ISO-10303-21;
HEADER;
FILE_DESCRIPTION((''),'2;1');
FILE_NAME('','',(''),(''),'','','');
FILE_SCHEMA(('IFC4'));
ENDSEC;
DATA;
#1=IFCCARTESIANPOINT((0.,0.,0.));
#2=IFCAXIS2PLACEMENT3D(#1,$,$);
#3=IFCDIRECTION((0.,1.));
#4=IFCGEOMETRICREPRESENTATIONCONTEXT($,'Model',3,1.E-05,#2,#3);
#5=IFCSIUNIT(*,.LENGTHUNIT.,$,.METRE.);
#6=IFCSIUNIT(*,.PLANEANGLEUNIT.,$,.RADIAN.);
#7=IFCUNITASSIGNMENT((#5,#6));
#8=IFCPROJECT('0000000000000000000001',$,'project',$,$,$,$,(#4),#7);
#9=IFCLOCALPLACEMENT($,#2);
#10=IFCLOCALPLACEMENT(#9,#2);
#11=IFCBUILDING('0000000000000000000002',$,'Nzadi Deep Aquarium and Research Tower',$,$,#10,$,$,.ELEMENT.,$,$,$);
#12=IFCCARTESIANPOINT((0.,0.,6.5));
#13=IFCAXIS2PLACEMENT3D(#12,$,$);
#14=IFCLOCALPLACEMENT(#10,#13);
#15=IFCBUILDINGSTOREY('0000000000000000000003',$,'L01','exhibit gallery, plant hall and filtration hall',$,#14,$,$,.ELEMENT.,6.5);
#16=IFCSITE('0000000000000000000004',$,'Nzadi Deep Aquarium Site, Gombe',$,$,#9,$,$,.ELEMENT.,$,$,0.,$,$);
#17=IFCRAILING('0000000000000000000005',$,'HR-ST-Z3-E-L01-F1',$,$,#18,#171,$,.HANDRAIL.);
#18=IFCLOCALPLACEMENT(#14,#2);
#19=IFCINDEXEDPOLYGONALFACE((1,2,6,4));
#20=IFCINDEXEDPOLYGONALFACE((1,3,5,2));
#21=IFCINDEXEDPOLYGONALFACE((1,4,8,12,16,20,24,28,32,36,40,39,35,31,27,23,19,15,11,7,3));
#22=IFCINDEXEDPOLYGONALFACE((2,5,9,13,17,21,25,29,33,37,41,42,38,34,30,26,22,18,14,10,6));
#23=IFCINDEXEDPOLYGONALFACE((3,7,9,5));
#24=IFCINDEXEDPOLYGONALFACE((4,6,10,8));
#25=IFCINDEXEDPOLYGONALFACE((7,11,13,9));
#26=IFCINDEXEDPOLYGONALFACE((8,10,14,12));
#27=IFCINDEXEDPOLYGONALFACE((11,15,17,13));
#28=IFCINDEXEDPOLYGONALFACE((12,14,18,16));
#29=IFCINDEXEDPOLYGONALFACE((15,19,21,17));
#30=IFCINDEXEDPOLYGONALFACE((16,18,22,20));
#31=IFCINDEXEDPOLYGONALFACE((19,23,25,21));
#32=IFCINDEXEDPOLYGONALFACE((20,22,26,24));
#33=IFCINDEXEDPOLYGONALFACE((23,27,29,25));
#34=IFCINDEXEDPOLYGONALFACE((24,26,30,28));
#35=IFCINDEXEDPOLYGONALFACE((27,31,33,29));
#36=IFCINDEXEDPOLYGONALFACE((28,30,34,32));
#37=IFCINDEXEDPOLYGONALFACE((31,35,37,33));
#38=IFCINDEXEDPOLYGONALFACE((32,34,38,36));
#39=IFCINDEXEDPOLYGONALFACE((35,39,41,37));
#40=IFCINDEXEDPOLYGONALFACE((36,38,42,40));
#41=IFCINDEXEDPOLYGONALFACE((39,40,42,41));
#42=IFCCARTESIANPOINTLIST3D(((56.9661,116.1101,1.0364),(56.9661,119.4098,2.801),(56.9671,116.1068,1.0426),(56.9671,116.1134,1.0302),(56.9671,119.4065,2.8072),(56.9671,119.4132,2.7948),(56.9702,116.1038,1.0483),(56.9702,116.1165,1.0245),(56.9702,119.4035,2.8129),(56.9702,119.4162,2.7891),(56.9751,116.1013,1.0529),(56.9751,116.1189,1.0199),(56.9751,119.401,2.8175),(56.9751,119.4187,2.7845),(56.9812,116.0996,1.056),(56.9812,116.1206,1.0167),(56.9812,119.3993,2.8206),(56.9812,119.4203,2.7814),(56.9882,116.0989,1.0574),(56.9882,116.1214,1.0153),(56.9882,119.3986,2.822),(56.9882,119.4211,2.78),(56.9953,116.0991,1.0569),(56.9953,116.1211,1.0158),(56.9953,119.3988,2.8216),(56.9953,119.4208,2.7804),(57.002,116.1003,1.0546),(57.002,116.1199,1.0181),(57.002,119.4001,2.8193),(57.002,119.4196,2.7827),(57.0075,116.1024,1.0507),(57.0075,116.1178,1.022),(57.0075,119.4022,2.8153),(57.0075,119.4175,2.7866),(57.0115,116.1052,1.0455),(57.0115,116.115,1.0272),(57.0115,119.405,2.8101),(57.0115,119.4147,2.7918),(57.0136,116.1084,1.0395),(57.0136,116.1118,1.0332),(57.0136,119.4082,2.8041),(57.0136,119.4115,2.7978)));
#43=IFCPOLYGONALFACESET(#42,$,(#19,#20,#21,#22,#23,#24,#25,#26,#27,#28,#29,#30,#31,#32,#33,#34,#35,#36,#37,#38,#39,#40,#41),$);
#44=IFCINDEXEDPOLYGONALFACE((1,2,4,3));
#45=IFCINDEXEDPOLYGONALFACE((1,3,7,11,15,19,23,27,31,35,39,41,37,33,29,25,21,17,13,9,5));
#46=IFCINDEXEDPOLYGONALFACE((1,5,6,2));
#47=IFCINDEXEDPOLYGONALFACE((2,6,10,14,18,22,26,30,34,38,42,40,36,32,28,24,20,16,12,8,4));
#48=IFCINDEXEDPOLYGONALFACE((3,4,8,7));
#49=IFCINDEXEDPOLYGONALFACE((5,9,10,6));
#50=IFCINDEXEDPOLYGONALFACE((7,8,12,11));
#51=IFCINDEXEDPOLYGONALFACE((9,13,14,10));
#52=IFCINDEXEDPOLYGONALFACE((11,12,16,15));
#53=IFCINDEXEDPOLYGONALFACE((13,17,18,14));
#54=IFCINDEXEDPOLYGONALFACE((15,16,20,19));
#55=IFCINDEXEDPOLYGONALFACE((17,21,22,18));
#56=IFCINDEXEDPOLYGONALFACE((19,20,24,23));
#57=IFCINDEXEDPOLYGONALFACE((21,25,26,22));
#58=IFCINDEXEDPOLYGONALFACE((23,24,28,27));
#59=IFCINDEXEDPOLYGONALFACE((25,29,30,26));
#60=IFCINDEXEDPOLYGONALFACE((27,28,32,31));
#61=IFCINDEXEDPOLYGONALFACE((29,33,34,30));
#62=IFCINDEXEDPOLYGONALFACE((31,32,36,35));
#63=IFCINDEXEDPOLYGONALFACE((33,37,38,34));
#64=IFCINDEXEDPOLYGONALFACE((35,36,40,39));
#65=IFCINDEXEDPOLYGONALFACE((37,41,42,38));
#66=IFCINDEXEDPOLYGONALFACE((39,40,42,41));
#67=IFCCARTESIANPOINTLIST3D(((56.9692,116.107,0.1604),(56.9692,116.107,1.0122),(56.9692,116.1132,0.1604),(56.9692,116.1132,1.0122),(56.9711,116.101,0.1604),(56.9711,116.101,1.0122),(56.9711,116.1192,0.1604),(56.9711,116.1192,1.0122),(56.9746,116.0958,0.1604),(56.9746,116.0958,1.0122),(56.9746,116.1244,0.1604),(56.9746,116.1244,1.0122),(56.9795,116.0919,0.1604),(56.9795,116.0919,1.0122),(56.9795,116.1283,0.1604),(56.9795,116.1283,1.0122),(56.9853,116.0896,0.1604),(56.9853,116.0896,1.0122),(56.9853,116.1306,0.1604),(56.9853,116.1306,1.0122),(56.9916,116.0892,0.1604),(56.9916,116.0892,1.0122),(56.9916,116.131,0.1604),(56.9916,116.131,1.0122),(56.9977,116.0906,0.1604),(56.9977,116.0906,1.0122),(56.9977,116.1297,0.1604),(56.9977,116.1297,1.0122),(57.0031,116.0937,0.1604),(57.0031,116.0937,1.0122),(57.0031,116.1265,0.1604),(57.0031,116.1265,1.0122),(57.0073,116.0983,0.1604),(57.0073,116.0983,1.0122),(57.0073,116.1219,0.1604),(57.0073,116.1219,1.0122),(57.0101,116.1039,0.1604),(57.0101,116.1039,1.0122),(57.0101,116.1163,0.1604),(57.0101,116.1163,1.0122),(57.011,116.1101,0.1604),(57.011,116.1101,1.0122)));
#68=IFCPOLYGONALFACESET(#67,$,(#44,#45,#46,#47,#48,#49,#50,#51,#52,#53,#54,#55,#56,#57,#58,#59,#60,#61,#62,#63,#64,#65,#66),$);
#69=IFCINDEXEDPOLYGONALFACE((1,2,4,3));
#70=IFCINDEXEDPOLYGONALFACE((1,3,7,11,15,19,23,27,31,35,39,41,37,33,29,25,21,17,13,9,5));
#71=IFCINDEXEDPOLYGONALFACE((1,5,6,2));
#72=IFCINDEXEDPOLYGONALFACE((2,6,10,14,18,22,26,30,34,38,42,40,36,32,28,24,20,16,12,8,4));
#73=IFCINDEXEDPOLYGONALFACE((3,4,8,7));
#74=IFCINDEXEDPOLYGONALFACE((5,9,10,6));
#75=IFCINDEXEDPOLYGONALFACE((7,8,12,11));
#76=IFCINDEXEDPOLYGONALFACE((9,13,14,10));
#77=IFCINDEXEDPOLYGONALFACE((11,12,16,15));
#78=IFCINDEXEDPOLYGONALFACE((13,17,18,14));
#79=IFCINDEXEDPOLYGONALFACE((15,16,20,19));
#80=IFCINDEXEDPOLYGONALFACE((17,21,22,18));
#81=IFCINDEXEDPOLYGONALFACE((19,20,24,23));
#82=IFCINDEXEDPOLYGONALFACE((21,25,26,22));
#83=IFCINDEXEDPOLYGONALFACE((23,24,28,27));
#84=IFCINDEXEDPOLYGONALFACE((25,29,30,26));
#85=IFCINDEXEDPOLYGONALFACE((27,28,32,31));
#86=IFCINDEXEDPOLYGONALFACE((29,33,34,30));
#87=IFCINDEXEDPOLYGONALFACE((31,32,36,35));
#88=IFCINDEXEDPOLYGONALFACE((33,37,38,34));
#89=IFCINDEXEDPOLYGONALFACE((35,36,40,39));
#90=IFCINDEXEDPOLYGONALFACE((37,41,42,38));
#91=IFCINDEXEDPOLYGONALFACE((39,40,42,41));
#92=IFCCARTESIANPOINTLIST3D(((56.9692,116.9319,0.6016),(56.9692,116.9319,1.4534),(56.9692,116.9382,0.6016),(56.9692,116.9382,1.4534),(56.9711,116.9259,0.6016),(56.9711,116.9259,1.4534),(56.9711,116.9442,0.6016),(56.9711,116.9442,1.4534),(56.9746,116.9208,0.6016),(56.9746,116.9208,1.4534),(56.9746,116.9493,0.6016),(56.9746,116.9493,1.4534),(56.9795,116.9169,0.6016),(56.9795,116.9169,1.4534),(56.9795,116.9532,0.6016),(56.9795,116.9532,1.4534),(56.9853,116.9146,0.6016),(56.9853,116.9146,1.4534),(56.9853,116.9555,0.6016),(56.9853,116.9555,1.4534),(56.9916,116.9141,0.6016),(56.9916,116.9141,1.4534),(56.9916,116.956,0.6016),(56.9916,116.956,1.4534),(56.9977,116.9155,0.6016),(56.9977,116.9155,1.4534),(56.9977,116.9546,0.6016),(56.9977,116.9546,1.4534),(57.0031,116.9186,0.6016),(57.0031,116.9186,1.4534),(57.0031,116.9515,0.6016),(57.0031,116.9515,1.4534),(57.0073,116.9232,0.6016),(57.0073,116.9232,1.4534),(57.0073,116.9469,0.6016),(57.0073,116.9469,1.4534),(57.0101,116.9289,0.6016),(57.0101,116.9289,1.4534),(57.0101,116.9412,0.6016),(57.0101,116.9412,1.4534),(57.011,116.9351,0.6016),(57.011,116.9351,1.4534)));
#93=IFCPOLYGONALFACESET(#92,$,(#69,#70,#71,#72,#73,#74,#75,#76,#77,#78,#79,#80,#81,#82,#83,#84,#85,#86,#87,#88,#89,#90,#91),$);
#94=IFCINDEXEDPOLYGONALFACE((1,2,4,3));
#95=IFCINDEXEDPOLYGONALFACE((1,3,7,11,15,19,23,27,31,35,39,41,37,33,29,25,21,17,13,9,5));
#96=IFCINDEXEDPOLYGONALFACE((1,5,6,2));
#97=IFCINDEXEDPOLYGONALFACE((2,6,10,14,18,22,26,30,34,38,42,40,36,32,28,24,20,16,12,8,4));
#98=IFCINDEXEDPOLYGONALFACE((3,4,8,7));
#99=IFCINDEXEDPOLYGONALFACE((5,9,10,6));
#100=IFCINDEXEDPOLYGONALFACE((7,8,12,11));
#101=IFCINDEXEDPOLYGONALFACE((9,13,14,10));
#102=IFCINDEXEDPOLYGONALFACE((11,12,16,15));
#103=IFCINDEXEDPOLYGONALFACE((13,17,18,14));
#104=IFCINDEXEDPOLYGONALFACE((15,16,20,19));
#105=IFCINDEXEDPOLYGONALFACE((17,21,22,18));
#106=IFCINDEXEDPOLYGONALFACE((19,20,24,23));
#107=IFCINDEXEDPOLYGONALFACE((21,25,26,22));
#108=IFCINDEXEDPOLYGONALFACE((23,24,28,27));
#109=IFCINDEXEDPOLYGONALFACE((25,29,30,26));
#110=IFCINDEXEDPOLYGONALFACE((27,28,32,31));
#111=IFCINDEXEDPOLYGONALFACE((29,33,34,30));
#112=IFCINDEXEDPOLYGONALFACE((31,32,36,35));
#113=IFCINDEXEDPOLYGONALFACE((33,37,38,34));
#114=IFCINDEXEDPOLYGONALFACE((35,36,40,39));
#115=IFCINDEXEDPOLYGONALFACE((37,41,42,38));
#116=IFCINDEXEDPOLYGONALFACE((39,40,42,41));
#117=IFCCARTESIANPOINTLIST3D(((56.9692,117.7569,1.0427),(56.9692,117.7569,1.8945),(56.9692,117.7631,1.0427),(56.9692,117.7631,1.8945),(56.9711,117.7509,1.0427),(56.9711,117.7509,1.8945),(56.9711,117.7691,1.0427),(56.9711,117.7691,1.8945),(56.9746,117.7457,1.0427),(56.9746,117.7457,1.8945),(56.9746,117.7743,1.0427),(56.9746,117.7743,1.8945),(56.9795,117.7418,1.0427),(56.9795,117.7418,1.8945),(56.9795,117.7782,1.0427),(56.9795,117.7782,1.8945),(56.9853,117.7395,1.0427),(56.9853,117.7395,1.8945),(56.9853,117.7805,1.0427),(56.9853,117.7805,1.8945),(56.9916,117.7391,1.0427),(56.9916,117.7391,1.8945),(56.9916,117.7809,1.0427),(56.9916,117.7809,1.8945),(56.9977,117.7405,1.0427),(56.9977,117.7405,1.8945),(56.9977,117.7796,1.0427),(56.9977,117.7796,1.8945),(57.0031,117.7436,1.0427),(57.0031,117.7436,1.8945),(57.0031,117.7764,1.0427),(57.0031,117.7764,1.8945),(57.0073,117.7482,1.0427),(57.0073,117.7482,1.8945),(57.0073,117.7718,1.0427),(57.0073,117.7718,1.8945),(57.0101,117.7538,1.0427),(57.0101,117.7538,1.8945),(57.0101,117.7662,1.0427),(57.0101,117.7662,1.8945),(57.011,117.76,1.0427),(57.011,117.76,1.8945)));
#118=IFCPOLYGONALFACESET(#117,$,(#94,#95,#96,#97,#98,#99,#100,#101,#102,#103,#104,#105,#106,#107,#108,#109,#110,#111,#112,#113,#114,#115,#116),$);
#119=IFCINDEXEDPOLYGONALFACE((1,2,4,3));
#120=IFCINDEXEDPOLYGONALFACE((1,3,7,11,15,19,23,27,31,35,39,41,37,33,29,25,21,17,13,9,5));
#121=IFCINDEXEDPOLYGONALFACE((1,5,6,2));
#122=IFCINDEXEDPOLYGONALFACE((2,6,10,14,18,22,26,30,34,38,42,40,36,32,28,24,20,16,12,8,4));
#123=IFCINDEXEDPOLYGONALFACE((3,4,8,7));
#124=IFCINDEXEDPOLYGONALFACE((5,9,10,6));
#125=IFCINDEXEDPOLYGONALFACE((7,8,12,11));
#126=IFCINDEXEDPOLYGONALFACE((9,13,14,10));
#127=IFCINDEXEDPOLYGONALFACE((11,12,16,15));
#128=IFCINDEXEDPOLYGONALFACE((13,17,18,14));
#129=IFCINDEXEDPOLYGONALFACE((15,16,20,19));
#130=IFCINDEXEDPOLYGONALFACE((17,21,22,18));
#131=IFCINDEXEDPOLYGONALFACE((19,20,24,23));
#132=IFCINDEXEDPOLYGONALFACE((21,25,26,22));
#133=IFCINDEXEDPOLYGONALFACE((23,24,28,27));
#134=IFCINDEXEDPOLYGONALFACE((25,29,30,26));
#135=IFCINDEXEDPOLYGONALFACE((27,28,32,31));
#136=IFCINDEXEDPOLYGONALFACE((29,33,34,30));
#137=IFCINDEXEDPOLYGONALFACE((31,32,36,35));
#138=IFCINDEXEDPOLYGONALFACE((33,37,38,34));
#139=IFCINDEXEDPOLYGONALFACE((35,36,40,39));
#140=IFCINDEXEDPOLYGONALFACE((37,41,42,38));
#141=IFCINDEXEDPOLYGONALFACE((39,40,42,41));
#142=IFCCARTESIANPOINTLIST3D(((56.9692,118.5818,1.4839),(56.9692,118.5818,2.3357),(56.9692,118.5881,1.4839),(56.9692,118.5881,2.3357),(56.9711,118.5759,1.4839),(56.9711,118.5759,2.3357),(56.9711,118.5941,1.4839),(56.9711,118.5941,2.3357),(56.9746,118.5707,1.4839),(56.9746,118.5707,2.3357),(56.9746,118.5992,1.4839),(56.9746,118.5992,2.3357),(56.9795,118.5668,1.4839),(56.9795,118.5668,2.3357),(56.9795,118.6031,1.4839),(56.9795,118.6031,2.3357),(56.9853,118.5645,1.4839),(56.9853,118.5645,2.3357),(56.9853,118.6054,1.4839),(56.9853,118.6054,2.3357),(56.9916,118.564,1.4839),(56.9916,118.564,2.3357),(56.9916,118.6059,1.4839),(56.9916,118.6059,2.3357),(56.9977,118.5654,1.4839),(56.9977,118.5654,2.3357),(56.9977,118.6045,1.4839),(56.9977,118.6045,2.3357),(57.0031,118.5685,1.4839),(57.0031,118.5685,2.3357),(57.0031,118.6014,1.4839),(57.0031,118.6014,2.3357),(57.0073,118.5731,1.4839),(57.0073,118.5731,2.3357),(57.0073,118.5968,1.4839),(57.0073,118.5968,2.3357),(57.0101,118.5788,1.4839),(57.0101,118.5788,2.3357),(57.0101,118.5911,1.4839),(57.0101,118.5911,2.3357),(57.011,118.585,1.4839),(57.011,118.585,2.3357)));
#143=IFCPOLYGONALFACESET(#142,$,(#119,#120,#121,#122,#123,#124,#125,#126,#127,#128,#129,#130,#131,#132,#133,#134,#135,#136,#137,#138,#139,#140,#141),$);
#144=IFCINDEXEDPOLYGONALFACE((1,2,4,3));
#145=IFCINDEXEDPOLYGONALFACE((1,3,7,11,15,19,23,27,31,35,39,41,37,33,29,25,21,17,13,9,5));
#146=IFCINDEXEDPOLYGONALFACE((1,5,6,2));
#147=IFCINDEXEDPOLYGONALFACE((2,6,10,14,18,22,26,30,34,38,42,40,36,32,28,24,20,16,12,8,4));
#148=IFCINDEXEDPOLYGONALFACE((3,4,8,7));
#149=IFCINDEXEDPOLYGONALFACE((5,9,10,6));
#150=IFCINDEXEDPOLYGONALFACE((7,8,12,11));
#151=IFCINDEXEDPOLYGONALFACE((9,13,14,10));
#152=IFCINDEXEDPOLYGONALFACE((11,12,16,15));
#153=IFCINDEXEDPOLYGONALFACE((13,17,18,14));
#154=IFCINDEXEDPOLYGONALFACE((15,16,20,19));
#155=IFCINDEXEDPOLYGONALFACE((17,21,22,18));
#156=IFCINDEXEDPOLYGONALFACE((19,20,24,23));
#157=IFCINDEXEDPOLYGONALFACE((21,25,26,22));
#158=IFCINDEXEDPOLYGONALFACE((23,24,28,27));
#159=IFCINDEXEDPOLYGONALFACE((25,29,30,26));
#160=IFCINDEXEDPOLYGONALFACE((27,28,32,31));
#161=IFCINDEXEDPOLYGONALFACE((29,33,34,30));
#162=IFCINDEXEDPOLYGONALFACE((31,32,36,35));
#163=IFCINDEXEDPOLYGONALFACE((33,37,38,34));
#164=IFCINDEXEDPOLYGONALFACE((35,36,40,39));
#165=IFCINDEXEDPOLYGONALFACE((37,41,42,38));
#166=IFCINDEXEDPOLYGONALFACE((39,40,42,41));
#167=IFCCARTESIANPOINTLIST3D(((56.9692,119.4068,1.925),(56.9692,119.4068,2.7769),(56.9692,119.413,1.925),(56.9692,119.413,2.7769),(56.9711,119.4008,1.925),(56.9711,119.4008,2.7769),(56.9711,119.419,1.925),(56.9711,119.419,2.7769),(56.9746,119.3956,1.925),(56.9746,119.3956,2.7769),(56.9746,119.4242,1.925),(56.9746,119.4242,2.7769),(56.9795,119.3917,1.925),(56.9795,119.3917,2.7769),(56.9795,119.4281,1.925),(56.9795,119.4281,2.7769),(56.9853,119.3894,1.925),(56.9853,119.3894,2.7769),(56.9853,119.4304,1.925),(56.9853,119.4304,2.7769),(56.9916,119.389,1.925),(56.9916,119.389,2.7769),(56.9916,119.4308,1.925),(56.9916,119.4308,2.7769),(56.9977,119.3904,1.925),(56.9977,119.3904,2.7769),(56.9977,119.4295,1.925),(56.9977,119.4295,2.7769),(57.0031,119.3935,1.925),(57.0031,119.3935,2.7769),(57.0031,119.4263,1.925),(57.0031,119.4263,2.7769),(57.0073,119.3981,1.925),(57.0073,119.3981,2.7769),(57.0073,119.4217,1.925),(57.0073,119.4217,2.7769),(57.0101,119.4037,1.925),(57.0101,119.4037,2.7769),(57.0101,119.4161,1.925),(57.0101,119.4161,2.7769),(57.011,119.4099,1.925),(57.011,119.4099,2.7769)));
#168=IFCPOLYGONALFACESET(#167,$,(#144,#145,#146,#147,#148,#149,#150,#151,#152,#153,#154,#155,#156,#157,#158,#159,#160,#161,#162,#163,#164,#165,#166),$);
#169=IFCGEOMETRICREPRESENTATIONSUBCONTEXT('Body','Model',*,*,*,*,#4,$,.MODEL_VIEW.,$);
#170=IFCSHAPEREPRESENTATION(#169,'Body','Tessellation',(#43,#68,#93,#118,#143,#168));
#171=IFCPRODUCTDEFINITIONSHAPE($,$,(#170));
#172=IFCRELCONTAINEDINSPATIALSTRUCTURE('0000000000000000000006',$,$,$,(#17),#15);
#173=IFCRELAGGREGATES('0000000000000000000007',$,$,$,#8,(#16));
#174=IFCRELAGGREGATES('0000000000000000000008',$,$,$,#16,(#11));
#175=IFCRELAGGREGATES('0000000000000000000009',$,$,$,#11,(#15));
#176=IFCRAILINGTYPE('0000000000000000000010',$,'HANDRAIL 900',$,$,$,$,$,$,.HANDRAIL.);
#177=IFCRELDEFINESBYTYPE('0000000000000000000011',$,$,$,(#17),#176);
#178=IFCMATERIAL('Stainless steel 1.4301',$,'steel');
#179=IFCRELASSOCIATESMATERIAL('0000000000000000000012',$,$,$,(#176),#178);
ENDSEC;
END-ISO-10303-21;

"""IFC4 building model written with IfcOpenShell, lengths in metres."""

from ifc_helpers import new_model, si_unit, direction, frame, origin, origin_2d, place, context, subcontext, project, spatial, circle, extrude, material, type_object, element, save


model = new_model("IFC4")

# Units and contexts
model_context = context("Model", 3, precision=1e-05, world=origin(), true_north=direction((0.0, 1.0)))
body_context = subcontext(model_context, "Body", "Model", "MODEL_VIEW")
ifc_project = project(units=[si_unit("LENGTHUNIT", "METRE"), si_unit("PLANEANGLEUNIT", "RADIAN")], contexts=[model_context])

# Site, building, storey
site_placement = place(None, origin())
site = spatial("IfcSite", under=ifc_project, at=site_placement, Name="Nzadi Deep Aquarium Site, Gombe", CompositionType="ELEMENT", RefElevation=0.0)
building_placement = place(site_placement, origin())
building = spatial("IfcBuilding", under=site, at=building_placement, Name="Nzadi Deep Aquarium and Research Tower", CompositionType="ELEMENT")
storey_placement = place(building_placement, frame((0.0, 0.0, 6.5)))
storey = spatial("IfcBuildingStorey", under=building, at=storey_placement, Name="L01", Description="exhibit gallery, plant hall and filtration hall", CompositionType="ELEMENT", Elevation=6.5)

# Railing
ifc_material_1 = material(Name="Stainless steel 1.4301", Category="steel")
railing_type = type_object("IfcRailingType", Name="HANDRAIL 900", PredefinedType="HANDRAIL", material=ifc_material_1)
for number, where, name in (
    (1, (56.99, 116.1101, 0.1604), "HR-ST-Z3-E-L01-F1"),
):
    element("IfcRailing", number, at=place(storey_placement, frame(where)), inside=storey, type_object=railing_type, Name=name, PredefinedType="HANDRAIL", context=body_context, shape_type="SweptSolid", body=[
        extrude(circle(Radius=0.0239, at=origin_2d()), frame((0.0, 0.0, 0.876), z_axis=(0.0, 0.881825, 0.471577), x_axis=(-1.0, 0.0, 0.0)), (0.0, 0.0, 1.0), 3.7419),
        extrude(circle(Radius=0.021, at=origin_2d()), origin(), (0.0, 0.0, 1.0), 0.8518),
        extrude(circle(Radius=0.021, at=origin_2d()), frame((0.0, 0.825, 0.4412)), (0.0, 0.0, 1.0), 0.8518),
        extrude(circle(Radius=0.021, at=origin_2d()), frame((0.0, 1.6499, 0.8823)), (0.0, 0.0, 1.0), 0.8518),
        extrude(circle(Radius=0.021, at=origin_2d()), frame((0.0, 2.4749, 1.3235)), (0.0, 0.0, 1.0), 0.8518),
        extrude(circle(Radius=0.021, at=origin_2d()), frame((0.0, 3.2998, 1.7646)), (0.0, 0.0, 1.0), 0.8518),
    ])

save(model, "model.ifc")
